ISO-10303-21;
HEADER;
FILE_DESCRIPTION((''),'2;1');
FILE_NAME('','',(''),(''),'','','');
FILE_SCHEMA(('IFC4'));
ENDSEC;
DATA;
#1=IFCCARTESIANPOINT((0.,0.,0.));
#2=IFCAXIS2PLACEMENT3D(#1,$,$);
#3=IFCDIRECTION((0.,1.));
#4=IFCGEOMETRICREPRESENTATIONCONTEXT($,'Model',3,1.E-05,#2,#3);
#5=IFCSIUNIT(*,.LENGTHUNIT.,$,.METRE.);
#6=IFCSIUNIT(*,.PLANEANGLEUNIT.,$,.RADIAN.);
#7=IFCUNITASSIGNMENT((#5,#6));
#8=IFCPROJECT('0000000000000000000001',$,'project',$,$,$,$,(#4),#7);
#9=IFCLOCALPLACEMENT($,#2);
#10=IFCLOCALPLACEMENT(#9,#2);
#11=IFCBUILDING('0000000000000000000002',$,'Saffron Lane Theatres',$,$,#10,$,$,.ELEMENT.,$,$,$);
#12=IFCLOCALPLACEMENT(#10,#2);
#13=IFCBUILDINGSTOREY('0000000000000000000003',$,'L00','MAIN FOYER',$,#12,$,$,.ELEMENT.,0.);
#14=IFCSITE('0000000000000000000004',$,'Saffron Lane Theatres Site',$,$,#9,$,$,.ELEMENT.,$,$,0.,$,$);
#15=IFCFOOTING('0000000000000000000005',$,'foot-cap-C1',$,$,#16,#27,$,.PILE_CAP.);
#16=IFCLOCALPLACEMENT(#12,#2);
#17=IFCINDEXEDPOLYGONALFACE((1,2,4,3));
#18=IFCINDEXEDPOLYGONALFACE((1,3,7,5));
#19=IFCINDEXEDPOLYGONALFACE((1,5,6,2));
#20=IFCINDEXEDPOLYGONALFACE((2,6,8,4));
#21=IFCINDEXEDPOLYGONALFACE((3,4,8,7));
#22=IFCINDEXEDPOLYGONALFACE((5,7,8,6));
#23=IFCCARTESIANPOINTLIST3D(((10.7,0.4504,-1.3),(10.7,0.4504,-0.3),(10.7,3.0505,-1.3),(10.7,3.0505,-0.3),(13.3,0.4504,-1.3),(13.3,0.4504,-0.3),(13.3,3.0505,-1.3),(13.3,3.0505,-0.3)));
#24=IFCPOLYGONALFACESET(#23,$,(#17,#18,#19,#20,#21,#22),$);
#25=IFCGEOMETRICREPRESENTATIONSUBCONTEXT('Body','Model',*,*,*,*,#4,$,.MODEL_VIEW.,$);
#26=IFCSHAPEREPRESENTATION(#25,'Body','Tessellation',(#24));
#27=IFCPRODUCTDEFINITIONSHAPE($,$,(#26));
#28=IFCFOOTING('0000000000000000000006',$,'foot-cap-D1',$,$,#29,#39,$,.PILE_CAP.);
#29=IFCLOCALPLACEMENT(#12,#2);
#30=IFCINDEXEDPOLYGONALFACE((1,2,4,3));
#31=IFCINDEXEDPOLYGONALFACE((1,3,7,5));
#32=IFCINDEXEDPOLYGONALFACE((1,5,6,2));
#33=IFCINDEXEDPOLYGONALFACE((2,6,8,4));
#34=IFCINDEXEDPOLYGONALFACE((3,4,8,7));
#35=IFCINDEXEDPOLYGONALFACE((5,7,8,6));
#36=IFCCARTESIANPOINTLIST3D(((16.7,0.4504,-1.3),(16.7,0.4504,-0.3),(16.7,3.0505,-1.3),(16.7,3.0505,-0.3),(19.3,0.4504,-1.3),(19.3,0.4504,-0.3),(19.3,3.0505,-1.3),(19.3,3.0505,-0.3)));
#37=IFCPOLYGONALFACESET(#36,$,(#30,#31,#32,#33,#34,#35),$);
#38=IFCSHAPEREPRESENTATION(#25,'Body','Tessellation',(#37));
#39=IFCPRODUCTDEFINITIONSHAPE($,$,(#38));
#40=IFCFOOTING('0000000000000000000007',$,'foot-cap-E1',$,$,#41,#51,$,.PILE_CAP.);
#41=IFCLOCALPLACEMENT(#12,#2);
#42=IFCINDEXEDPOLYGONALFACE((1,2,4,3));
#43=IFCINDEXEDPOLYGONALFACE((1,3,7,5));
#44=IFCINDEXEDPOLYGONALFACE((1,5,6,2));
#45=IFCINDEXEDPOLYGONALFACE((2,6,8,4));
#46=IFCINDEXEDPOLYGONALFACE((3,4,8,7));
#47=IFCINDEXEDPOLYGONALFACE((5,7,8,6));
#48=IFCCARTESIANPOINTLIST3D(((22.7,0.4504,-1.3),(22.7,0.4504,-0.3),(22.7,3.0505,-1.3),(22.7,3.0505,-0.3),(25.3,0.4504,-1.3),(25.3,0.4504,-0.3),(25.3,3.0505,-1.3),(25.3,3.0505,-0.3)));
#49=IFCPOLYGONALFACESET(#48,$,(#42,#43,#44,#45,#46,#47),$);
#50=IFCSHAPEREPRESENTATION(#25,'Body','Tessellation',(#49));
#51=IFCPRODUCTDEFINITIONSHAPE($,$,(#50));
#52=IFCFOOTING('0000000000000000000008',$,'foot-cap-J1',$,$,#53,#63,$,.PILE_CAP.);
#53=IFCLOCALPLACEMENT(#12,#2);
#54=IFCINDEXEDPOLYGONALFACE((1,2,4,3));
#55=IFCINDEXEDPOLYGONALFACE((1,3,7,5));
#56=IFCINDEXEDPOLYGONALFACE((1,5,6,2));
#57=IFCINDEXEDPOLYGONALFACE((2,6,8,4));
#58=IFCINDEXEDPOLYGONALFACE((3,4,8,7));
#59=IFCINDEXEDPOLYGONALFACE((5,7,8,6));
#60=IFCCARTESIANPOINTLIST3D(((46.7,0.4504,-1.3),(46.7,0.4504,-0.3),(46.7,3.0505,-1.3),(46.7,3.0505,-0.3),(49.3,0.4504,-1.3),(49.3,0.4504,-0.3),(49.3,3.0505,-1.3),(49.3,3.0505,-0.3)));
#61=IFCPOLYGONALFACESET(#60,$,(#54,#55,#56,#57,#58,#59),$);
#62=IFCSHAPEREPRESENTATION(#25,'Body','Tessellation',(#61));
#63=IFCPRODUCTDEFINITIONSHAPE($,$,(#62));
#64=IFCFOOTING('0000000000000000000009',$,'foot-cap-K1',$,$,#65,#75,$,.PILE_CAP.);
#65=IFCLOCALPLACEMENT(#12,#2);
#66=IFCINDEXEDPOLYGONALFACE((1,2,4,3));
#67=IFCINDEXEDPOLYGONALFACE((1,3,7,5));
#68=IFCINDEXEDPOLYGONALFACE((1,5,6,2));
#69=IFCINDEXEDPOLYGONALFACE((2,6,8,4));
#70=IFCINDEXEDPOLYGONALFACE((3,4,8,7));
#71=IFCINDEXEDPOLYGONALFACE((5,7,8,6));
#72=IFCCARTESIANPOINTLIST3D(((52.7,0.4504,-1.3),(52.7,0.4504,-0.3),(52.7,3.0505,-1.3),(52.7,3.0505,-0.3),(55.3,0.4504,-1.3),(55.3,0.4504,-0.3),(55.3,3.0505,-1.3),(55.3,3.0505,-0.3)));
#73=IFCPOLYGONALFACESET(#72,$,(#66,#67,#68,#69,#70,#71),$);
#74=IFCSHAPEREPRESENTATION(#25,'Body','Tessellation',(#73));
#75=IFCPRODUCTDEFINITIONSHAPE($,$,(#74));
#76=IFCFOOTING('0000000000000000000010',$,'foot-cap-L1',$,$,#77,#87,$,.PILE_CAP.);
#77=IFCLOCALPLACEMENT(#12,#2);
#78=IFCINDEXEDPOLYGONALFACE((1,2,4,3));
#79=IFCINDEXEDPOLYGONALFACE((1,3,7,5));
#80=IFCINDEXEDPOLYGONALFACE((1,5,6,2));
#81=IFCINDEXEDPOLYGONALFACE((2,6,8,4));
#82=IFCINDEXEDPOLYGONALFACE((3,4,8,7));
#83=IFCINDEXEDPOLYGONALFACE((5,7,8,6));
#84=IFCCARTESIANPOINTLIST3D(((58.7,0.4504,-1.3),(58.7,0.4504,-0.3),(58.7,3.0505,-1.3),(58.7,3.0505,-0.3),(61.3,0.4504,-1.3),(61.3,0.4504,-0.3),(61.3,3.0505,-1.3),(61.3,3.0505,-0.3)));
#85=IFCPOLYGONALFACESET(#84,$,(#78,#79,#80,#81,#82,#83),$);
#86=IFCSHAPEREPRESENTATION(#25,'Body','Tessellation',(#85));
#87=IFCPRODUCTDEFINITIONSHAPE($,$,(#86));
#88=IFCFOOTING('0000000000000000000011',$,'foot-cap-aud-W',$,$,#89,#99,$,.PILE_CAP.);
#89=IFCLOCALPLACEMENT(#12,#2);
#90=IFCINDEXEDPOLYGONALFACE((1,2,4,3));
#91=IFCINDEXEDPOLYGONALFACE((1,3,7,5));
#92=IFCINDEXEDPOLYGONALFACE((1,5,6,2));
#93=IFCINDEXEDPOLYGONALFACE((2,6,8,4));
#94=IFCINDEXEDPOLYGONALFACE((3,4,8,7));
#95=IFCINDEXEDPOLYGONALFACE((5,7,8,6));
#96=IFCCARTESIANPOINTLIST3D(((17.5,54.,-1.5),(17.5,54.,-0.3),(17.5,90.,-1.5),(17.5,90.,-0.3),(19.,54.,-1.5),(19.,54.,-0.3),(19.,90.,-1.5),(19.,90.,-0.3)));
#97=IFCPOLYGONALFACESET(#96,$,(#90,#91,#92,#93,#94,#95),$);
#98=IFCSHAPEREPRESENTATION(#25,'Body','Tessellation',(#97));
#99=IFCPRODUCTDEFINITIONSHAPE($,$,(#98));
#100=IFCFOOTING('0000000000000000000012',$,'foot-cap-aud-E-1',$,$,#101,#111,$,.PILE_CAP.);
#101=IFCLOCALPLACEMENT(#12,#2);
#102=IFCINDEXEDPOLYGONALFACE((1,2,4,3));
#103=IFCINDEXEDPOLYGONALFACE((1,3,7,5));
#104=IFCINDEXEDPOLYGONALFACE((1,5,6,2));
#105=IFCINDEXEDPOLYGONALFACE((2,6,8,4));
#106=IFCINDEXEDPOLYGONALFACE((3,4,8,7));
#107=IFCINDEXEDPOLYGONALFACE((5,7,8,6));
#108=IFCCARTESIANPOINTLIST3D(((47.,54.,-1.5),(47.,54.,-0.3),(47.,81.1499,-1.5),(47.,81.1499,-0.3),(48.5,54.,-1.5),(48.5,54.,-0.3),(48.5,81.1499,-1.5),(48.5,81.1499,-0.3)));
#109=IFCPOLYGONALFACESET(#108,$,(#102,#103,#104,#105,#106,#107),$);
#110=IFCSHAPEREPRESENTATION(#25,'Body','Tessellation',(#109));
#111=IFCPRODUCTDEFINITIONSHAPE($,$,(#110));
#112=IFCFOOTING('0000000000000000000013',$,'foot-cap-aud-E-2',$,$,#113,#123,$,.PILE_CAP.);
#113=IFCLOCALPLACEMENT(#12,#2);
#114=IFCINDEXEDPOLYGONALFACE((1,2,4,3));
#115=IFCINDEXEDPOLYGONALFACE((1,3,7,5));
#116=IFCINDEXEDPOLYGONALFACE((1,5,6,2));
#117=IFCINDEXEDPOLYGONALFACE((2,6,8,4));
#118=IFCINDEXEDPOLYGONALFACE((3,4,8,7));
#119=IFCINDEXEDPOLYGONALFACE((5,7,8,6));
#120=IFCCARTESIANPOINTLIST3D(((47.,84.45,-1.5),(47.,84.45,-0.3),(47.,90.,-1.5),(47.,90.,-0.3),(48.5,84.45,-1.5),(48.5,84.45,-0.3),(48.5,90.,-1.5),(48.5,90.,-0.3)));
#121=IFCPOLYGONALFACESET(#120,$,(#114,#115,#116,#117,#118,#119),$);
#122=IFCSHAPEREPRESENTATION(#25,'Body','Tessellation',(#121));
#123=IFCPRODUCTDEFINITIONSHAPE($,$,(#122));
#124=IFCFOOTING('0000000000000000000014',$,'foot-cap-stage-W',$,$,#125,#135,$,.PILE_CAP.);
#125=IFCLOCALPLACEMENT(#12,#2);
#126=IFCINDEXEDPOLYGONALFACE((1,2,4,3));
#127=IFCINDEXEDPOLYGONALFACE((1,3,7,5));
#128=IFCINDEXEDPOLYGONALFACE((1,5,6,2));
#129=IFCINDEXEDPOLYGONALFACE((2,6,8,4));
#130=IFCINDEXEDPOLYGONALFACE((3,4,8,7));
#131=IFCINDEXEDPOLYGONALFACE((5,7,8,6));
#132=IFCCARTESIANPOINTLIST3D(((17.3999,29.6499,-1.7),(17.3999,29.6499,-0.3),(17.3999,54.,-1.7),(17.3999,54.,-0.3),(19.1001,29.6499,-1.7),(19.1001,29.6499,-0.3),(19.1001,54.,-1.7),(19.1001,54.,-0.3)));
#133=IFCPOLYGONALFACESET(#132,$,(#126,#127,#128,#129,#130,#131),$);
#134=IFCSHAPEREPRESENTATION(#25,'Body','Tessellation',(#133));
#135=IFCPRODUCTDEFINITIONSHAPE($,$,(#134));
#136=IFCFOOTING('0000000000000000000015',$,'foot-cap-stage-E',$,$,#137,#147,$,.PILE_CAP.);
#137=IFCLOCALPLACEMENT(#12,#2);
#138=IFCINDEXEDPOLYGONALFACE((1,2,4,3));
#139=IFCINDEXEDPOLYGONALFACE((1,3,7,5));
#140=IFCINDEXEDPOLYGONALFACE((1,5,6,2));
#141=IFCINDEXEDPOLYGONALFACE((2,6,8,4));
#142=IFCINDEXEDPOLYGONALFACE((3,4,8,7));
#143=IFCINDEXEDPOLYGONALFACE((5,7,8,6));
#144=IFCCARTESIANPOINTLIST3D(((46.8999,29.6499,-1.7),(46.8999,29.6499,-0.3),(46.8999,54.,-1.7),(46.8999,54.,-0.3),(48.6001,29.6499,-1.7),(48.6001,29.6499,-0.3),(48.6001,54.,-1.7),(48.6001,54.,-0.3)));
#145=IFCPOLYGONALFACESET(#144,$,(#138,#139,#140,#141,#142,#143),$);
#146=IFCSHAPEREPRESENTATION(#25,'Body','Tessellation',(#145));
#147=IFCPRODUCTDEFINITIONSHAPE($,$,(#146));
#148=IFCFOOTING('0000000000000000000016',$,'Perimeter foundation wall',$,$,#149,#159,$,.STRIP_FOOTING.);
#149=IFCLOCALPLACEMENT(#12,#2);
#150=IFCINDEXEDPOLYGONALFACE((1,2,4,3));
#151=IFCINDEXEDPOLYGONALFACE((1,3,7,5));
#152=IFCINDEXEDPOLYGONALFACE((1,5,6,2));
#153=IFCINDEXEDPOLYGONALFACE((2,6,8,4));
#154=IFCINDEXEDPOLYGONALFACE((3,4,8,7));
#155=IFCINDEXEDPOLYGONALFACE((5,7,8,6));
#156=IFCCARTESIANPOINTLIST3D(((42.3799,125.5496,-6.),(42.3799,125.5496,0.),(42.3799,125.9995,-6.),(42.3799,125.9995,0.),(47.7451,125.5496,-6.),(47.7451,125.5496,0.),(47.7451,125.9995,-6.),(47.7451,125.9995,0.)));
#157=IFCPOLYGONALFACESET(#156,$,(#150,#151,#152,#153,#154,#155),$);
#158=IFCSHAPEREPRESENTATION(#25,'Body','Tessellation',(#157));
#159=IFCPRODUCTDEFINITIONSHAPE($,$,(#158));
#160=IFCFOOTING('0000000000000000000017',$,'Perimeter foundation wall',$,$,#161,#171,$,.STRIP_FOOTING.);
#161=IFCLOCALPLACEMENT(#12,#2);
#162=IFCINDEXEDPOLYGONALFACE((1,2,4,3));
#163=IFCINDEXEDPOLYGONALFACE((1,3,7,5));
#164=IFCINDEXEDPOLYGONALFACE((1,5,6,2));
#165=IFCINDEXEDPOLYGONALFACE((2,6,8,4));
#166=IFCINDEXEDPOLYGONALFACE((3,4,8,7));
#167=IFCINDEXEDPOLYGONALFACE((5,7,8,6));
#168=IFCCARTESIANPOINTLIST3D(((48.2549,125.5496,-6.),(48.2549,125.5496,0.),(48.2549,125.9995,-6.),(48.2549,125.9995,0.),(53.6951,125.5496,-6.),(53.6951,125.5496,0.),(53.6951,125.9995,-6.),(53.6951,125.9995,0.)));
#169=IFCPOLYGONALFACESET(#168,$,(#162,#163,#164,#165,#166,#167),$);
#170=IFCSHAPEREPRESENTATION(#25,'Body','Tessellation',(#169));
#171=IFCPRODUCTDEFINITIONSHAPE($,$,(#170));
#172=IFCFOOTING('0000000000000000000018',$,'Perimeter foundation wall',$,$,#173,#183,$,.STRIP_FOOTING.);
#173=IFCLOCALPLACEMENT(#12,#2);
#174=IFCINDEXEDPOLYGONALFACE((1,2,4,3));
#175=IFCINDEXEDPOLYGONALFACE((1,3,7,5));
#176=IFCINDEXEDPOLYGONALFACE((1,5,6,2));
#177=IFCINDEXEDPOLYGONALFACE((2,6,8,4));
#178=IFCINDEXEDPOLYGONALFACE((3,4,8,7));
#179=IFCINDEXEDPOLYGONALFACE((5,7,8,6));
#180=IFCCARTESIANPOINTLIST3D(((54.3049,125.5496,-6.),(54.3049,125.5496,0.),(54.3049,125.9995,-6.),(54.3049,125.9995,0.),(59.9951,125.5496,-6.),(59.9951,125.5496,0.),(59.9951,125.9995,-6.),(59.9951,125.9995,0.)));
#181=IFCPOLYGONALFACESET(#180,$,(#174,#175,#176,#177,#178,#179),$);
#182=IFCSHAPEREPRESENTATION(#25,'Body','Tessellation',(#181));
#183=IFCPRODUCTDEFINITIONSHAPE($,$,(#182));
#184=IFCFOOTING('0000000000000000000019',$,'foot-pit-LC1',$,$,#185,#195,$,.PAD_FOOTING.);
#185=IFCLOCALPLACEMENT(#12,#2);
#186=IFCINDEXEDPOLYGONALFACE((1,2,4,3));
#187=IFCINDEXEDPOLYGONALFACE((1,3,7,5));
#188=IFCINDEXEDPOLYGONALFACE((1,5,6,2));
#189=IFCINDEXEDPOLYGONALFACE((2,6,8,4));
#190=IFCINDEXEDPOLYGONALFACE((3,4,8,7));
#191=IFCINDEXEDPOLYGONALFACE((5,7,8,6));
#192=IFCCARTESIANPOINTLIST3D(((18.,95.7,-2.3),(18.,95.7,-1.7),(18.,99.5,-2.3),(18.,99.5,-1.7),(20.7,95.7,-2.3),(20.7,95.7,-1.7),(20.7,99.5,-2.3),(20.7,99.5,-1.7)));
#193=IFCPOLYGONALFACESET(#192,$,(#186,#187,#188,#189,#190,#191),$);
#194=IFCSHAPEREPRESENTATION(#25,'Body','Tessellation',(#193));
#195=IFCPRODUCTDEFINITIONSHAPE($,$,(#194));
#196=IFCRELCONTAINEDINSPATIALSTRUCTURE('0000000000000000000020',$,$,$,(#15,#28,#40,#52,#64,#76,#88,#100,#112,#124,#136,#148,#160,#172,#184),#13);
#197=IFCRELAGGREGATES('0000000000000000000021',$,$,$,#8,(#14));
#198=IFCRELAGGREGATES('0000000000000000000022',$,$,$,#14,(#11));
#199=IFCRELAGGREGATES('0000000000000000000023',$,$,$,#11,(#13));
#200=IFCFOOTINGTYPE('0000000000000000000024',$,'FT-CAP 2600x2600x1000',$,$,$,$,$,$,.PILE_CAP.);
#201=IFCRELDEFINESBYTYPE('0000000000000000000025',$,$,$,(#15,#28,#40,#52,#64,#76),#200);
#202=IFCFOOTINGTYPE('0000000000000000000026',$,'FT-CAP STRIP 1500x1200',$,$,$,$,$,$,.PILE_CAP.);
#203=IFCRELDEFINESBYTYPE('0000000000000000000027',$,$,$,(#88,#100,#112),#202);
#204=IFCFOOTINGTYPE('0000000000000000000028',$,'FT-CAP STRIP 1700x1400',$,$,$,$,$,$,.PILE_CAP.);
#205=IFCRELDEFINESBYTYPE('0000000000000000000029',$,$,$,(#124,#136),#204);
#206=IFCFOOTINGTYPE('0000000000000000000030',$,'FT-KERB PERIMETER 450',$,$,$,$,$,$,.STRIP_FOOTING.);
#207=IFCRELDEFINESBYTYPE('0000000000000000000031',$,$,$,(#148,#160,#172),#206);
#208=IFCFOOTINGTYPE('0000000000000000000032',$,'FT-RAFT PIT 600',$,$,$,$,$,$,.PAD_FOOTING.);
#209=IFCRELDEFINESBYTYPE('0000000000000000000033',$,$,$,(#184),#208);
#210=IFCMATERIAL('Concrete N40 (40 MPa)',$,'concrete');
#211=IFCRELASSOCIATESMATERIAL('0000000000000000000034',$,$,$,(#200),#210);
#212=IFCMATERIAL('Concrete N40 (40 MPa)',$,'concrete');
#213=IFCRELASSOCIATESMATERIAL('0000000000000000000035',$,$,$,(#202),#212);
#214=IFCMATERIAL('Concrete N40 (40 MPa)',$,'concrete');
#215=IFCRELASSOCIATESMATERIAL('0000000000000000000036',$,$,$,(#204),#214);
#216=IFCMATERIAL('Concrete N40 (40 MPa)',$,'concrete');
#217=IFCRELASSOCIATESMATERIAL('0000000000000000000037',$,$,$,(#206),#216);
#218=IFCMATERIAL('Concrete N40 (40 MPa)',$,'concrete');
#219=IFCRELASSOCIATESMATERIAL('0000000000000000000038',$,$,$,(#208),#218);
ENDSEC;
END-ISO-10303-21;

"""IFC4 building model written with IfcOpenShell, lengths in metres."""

from ifc_helpers import new_model, si_unit, direction, frame, origin, place, context, subcontext, project, spatial, polyline, outline, extrude, material, type_object, element, save


model = new_model("IFC4")

# Units and contexts
model_context = context("Model", 3, precision=1e-05, world=origin(), true_north=direction((0.0, 1.0)))
body_context = subcontext(model_context, "Body", "Model", "MODEL_VIEW")
ifc_project = project(units=[si_unit("LENGTHUNIT", "METRE"), si_unit("PLANEANGLEUNIT", "RADIAN")], contexts=[model_context])

# Site, building, storey
site_placement = place(None, origin())
site = spatial("IfcSite", under=ifc_project, at=site_placement, Name="Saffron Lane Theatres Site", CompositionType="ELEMENT", RefElevation=0.0)
building_placement = place(site_placement, origin())
building = spatial("IfcBuilding", under=site, at=building_placement, Name="Saffron Lane Theatres", CompositionType="ELEMENT")
storey_placement = place(building_placement, origin())
storey = spatial("IfcBuildingStorey", under=building, at=storey_placement, Name="L00", Description="MAIN FOYER", CompositionType="ELEMENT", Elevation=0.0)

# Footings
ifc_material_1 = material(Name="Concrete N40 (40 MPa)", Category="concrete")
footing_type_1 = type_object("IfcFootingType", Name="FT-CAP 2600x2600x1000", PredefinedType="PILE_CAP", material=ifc_material_1)
footing_1_placement = place(storey_placement, frame((0.0, 0.0, -1.3)))
element("IfcFooting", 1, at=footing_1_placement, inside=storey, type_object=footing_type_1, Name="foot-cap-C1", PredefinedType="PILE_CAP", context=body_context, shape_type="SweptSolid", body=[
    extrude(outline(polyline([(10.7, 0.4504), (13.3, 0.4504), (13.3, 3.0505), (10.7, 3.0505), (10.7, 0.4504)])), origin(), (0.0, 0.0, 1.0), 1.0),
])
footing_2_placement = place(storey_placement, frame((0.0, 0.0, -1.3)))
element("IfcFooting", 2, at=footing_2_placement, inside=storey, type_object=footing_type_1, Name="foot-cap-D1", PredefinedType="PILE_CAP", context=body_context, shape_type="SweptSolid", body=[
    extrude(outline(polyline([(16.7, 0.4504), (19.3, 0.4504), (19.3, 3.0505), (16.7, 3.0505), (16.7, 0.4504)])), origin(), (0.0, 0.0, 1.0), 1.0),
])
footing_3_placement = place(storey_placement, frame((0.0, 0.0, -1.3)))
element("IfcFooting", 3, at=footing_3_placement, inside=storey, type_object=footing_type_1, Name="foot-cap-E1", PredefinedType="PILE_CAP", context=body_context, shape_type="SweptSolid", body=[
    extrude(outline(polyline([(22.7, 0.4504), (25.3, 0.4504), (25.3, 3.0505), (22.7, 3.0505), (22.7, 0.4504)])), origin(), (0.0, 0.0, 1.0), 1.0),
])
footing_4_placement = place(storey_placement, frame((0.0, 0.0, -1.3)))
element("IfcFooting", 4, at=footing_4_placement, inside=storey, type_object=footing_type_1, Name="foot-cap-J1", PredefinedType="PILE_CAP", context=body_context, shape_type="SweptSolid", body=[
    extrude(outline(polyline([(46.7, 0.4504), (49.3, 0.4504), (49.3, 3.0505), (46.7, 3.0505), (46.7, 0.4504)])), origin(), (0.0, 0.0, 1.0), 1.0),
])
footing_5_placement = place(storey_placement, frame((0.0, 0.0, -1.3)))
element("IfcFooting", 5, at=footing_5_placement, inside=storey, type_object=footing_type_1, Name="foot-cap-K1", PredefinedType="PILE_CAP", context=body_context, shape_type="SweptSolid", body=[
    extrude(outline(polyline([(52.7, 0.4504), (55.3, 0.4504), (55.3, 3.0505), (52.7, 3.0505), (52.7, 0.4504)])), origin(), (0.0, 0.0, 1.0), 1.0),
])
footing_6_placement = place(storey_placement, frame((0.0, 0.0, -1.3)))
element("IfcFooting", 6, at=footing_6_placement, inside=storey, type_object=footing_type_1, Name="foot-cap-L1", PredefinedType="PILE_CAP", context=body_context, shape_type="SweptSolid", body=[
    extrude(outline(polyline([(58.7, 0.4504), (61.3, 0.4504), (61.3, 3.0505), (58.7, 3.0505), (58.7, 0.4504)])), origin(), (0.0, 0.0, 1.0), 1.0),
])
ifc_material_2 = material(Name="Concrete N40 (40 MPa)", Category="concrete")
footing_type_2 = type_object("IfcFootingType", Name="FT-CAP STRIP 1500x1200", PredefinedType="PILE_CAP", material=ifc_material_2)
footing_7_placement = place(storey_placement, frame((0.0, 0.0, -1.5)))
element("IfcFooting", 7, at=footing_7_placement, inside=storey, type_object=footing_type_2, Name="foot-cap-aud-W", PredefinedType="PILE_CAP", context=body_context, shape_type="SweptSolid", body=[
    extrude(outline(polyline([(17.5, 54.0), (19.0, 54.0), (19.0, 90.0), (17.5, 90.0), (17.5, 54.0)])), origin(), (0.0, 0.0, 1.0), 1.2),
])
footing_8_placement = place(storey_placement, frame((0.0, 0.0, -1.5)))
element("IfcFooting", 8, at=footing_8_placement, inside=storey, type_object=footing_type_2, Name="foot-cap-aud-E-1", PredefinedType="PILE_CAP", context=body_context, shape_type="SweptSolid", body=[
    extrude(outline(polyline([(47.0, 54.0), (48.5, 54.0), (48.5, 81.1499), (47.0, 81.1499), (47.0, 54.0)])), origin(), (0.0, 0.0, 1.0), 1.2),
])
footing_9_placement = place(storey_placement, frame((0.0, 0.0, -1.5)))
element("IfcFooting", 9, at=footing_9_placement, inside=storey, type_object=footing_type_2, Name="foot-cap-aud-E-2", PredefinedType="PILE_CAP", context=body_context, shape_type="SweptSolid", body=[
    extrude(outline(polyline([(47.0, 84.45), (48.5, 84.45), (48.5, 90.0), (47.0, 90.0), (47.0, 84.45)])), origin(), (0.0, 0.0, 1.0), 1.2),
])
ifc_material_3 = material(Name="Concrete N40 (40 MPa)", Category="concrete")
footing_type_3 = type_object("IfcFootingType", Name="FT-CAP STRIP 1700x1400", PredefinedType="PILE_CAP", material=ifc_material_3)
footing_10_placement = place(storey_placement, frame((0.0, 0.0, -1.7)))
element("IfcFooting", 10, at=footing_10_placement, inside=storey, type_object=footing_type_3, Name="foot-cap-stage-W", PredefinedType="PILE_CAP", context=body_context, shape_type="SweptSolid", body=[
    extrude(outline(polyline([(17.3999, 29.6499), (19.1001, 29.6499), (19.1001, 54.0), (17.3999, 54.0), (17.3999, 29.6499)])), origin(), (0.0, 0.0, 1.0), 1.3999),
])
footing_11_placement = place(storey_placement, frame((0.0, 0.0, -1.7)))
element("IfcFooting", 11, at=footing_11_placement, inside=storey, type_object=footing_type_3, Name="foot-cap-stage-E", PredefinedType="PILE_CAP", context=body_context, shape_type="SweptSolid", body=[
    extrude(outline(polyline([(46.8999, 29.6499), (48.6001, 29.6499), (48.6001, 54.0), (46.8999, 54.0), (46.8999, 29.6499)])), origin(), (0.0, 0.0, 1.0), 1.3999),
])
ifc_material_4 = material(Name="Concrete N40 (40 MPa)", Category="concrete")
footing_type_4 = type_object("IfcFootingType", Name="FT-KERB PERIMETER 450", PredefinedType="STRIP_FOOTING", material=ifc_material_4)
footing_12_placement = place(storey_placement, frame((0.0, 0.0, -6.0)))
element("IfcFooting", 12, at=footing_12_placement, inside=storey, type_object=footing_type_4, Name="Perimeter foundation wall", PredefinedType="STRIP_FOOTING", context=body_context, shape_type="SweptSolid", body=[
    extrude(outline(polyline([(47.7451, 125.5496), (47.7451, 125.9995), (42.3799, 125.9995), (42.3799, 125.5496), (47.7451, 125.5496)])), origin(), (0.0, 0.0, 1.0), 6.0),
])
footing_13_placement = place(storey_placement, frame((0.0, 0.0, -6.0)))
element("IfcFooting", 13, at=footing_13_placement, inside=storey, type_object=footing_type_4, Name="Perimeter foundation wall", PredefinedType="STRIP_FOOTING", context=body_context, shape_type="SweptSolid", body=[
    extrude(outline(polyline([(53.6951, 125.5496), (53.6951, 125.9995), (48.2549, 125.9995), (48.2549, 125.5496), (53.6951, 125.5496)])), origin(), (0.0, 0.0, 1.0), 6.0),
])
footing_14_placement = place(storey_placement, frame((0.0, 0.0, -6.0)))
element("IfcFooting", 14, at=footing_14_placement, inside=storey, type_object=footing_type_4, Name="Perimeter foundation wall", PredefinedType="STRIP_FOOTING", context=body_context, shape_type="SweptSolid", body=[
    extrude(outline(polyline([(59.9951, 125.5496), (59.9951, 125.9995), (54.3049, 125.9995), (54.3049, 125.5496), (59.9951, 125.5496)])), origin(), (0.0, 0.0, 1.0), 6.0),
])
ifc_material_5 = material(Name="Concrete N40 (40 MPa)", Category="concrete")
footing_type_5 = type_object("IfcFootingType", Name="FT-RAFT PIT 600", PredefinedType="PAD_FOOTING", material=ifc_material_5)
footing_15_placement = place(storey_placement, frame((0.0, 0.0, -2.3)))
element("IfcFooting", 15, at=footing_15_placement, inside=storey, type_object=footing_type_5, Name="foot-pit-LC1", PredefinedType="PAD_FOOTING", context=body_context, shape_type="SweptSolid", body=[
    extrude(outline(polyline([(20.7, 95.7), (20.7, 99.5), (18.0, 99.5), (18.0, 95.7), (20.7, 95.7)])), origin(), (0.0, 0.0, 1.0), 0.6001),
])

save(model, "model.ifc")
